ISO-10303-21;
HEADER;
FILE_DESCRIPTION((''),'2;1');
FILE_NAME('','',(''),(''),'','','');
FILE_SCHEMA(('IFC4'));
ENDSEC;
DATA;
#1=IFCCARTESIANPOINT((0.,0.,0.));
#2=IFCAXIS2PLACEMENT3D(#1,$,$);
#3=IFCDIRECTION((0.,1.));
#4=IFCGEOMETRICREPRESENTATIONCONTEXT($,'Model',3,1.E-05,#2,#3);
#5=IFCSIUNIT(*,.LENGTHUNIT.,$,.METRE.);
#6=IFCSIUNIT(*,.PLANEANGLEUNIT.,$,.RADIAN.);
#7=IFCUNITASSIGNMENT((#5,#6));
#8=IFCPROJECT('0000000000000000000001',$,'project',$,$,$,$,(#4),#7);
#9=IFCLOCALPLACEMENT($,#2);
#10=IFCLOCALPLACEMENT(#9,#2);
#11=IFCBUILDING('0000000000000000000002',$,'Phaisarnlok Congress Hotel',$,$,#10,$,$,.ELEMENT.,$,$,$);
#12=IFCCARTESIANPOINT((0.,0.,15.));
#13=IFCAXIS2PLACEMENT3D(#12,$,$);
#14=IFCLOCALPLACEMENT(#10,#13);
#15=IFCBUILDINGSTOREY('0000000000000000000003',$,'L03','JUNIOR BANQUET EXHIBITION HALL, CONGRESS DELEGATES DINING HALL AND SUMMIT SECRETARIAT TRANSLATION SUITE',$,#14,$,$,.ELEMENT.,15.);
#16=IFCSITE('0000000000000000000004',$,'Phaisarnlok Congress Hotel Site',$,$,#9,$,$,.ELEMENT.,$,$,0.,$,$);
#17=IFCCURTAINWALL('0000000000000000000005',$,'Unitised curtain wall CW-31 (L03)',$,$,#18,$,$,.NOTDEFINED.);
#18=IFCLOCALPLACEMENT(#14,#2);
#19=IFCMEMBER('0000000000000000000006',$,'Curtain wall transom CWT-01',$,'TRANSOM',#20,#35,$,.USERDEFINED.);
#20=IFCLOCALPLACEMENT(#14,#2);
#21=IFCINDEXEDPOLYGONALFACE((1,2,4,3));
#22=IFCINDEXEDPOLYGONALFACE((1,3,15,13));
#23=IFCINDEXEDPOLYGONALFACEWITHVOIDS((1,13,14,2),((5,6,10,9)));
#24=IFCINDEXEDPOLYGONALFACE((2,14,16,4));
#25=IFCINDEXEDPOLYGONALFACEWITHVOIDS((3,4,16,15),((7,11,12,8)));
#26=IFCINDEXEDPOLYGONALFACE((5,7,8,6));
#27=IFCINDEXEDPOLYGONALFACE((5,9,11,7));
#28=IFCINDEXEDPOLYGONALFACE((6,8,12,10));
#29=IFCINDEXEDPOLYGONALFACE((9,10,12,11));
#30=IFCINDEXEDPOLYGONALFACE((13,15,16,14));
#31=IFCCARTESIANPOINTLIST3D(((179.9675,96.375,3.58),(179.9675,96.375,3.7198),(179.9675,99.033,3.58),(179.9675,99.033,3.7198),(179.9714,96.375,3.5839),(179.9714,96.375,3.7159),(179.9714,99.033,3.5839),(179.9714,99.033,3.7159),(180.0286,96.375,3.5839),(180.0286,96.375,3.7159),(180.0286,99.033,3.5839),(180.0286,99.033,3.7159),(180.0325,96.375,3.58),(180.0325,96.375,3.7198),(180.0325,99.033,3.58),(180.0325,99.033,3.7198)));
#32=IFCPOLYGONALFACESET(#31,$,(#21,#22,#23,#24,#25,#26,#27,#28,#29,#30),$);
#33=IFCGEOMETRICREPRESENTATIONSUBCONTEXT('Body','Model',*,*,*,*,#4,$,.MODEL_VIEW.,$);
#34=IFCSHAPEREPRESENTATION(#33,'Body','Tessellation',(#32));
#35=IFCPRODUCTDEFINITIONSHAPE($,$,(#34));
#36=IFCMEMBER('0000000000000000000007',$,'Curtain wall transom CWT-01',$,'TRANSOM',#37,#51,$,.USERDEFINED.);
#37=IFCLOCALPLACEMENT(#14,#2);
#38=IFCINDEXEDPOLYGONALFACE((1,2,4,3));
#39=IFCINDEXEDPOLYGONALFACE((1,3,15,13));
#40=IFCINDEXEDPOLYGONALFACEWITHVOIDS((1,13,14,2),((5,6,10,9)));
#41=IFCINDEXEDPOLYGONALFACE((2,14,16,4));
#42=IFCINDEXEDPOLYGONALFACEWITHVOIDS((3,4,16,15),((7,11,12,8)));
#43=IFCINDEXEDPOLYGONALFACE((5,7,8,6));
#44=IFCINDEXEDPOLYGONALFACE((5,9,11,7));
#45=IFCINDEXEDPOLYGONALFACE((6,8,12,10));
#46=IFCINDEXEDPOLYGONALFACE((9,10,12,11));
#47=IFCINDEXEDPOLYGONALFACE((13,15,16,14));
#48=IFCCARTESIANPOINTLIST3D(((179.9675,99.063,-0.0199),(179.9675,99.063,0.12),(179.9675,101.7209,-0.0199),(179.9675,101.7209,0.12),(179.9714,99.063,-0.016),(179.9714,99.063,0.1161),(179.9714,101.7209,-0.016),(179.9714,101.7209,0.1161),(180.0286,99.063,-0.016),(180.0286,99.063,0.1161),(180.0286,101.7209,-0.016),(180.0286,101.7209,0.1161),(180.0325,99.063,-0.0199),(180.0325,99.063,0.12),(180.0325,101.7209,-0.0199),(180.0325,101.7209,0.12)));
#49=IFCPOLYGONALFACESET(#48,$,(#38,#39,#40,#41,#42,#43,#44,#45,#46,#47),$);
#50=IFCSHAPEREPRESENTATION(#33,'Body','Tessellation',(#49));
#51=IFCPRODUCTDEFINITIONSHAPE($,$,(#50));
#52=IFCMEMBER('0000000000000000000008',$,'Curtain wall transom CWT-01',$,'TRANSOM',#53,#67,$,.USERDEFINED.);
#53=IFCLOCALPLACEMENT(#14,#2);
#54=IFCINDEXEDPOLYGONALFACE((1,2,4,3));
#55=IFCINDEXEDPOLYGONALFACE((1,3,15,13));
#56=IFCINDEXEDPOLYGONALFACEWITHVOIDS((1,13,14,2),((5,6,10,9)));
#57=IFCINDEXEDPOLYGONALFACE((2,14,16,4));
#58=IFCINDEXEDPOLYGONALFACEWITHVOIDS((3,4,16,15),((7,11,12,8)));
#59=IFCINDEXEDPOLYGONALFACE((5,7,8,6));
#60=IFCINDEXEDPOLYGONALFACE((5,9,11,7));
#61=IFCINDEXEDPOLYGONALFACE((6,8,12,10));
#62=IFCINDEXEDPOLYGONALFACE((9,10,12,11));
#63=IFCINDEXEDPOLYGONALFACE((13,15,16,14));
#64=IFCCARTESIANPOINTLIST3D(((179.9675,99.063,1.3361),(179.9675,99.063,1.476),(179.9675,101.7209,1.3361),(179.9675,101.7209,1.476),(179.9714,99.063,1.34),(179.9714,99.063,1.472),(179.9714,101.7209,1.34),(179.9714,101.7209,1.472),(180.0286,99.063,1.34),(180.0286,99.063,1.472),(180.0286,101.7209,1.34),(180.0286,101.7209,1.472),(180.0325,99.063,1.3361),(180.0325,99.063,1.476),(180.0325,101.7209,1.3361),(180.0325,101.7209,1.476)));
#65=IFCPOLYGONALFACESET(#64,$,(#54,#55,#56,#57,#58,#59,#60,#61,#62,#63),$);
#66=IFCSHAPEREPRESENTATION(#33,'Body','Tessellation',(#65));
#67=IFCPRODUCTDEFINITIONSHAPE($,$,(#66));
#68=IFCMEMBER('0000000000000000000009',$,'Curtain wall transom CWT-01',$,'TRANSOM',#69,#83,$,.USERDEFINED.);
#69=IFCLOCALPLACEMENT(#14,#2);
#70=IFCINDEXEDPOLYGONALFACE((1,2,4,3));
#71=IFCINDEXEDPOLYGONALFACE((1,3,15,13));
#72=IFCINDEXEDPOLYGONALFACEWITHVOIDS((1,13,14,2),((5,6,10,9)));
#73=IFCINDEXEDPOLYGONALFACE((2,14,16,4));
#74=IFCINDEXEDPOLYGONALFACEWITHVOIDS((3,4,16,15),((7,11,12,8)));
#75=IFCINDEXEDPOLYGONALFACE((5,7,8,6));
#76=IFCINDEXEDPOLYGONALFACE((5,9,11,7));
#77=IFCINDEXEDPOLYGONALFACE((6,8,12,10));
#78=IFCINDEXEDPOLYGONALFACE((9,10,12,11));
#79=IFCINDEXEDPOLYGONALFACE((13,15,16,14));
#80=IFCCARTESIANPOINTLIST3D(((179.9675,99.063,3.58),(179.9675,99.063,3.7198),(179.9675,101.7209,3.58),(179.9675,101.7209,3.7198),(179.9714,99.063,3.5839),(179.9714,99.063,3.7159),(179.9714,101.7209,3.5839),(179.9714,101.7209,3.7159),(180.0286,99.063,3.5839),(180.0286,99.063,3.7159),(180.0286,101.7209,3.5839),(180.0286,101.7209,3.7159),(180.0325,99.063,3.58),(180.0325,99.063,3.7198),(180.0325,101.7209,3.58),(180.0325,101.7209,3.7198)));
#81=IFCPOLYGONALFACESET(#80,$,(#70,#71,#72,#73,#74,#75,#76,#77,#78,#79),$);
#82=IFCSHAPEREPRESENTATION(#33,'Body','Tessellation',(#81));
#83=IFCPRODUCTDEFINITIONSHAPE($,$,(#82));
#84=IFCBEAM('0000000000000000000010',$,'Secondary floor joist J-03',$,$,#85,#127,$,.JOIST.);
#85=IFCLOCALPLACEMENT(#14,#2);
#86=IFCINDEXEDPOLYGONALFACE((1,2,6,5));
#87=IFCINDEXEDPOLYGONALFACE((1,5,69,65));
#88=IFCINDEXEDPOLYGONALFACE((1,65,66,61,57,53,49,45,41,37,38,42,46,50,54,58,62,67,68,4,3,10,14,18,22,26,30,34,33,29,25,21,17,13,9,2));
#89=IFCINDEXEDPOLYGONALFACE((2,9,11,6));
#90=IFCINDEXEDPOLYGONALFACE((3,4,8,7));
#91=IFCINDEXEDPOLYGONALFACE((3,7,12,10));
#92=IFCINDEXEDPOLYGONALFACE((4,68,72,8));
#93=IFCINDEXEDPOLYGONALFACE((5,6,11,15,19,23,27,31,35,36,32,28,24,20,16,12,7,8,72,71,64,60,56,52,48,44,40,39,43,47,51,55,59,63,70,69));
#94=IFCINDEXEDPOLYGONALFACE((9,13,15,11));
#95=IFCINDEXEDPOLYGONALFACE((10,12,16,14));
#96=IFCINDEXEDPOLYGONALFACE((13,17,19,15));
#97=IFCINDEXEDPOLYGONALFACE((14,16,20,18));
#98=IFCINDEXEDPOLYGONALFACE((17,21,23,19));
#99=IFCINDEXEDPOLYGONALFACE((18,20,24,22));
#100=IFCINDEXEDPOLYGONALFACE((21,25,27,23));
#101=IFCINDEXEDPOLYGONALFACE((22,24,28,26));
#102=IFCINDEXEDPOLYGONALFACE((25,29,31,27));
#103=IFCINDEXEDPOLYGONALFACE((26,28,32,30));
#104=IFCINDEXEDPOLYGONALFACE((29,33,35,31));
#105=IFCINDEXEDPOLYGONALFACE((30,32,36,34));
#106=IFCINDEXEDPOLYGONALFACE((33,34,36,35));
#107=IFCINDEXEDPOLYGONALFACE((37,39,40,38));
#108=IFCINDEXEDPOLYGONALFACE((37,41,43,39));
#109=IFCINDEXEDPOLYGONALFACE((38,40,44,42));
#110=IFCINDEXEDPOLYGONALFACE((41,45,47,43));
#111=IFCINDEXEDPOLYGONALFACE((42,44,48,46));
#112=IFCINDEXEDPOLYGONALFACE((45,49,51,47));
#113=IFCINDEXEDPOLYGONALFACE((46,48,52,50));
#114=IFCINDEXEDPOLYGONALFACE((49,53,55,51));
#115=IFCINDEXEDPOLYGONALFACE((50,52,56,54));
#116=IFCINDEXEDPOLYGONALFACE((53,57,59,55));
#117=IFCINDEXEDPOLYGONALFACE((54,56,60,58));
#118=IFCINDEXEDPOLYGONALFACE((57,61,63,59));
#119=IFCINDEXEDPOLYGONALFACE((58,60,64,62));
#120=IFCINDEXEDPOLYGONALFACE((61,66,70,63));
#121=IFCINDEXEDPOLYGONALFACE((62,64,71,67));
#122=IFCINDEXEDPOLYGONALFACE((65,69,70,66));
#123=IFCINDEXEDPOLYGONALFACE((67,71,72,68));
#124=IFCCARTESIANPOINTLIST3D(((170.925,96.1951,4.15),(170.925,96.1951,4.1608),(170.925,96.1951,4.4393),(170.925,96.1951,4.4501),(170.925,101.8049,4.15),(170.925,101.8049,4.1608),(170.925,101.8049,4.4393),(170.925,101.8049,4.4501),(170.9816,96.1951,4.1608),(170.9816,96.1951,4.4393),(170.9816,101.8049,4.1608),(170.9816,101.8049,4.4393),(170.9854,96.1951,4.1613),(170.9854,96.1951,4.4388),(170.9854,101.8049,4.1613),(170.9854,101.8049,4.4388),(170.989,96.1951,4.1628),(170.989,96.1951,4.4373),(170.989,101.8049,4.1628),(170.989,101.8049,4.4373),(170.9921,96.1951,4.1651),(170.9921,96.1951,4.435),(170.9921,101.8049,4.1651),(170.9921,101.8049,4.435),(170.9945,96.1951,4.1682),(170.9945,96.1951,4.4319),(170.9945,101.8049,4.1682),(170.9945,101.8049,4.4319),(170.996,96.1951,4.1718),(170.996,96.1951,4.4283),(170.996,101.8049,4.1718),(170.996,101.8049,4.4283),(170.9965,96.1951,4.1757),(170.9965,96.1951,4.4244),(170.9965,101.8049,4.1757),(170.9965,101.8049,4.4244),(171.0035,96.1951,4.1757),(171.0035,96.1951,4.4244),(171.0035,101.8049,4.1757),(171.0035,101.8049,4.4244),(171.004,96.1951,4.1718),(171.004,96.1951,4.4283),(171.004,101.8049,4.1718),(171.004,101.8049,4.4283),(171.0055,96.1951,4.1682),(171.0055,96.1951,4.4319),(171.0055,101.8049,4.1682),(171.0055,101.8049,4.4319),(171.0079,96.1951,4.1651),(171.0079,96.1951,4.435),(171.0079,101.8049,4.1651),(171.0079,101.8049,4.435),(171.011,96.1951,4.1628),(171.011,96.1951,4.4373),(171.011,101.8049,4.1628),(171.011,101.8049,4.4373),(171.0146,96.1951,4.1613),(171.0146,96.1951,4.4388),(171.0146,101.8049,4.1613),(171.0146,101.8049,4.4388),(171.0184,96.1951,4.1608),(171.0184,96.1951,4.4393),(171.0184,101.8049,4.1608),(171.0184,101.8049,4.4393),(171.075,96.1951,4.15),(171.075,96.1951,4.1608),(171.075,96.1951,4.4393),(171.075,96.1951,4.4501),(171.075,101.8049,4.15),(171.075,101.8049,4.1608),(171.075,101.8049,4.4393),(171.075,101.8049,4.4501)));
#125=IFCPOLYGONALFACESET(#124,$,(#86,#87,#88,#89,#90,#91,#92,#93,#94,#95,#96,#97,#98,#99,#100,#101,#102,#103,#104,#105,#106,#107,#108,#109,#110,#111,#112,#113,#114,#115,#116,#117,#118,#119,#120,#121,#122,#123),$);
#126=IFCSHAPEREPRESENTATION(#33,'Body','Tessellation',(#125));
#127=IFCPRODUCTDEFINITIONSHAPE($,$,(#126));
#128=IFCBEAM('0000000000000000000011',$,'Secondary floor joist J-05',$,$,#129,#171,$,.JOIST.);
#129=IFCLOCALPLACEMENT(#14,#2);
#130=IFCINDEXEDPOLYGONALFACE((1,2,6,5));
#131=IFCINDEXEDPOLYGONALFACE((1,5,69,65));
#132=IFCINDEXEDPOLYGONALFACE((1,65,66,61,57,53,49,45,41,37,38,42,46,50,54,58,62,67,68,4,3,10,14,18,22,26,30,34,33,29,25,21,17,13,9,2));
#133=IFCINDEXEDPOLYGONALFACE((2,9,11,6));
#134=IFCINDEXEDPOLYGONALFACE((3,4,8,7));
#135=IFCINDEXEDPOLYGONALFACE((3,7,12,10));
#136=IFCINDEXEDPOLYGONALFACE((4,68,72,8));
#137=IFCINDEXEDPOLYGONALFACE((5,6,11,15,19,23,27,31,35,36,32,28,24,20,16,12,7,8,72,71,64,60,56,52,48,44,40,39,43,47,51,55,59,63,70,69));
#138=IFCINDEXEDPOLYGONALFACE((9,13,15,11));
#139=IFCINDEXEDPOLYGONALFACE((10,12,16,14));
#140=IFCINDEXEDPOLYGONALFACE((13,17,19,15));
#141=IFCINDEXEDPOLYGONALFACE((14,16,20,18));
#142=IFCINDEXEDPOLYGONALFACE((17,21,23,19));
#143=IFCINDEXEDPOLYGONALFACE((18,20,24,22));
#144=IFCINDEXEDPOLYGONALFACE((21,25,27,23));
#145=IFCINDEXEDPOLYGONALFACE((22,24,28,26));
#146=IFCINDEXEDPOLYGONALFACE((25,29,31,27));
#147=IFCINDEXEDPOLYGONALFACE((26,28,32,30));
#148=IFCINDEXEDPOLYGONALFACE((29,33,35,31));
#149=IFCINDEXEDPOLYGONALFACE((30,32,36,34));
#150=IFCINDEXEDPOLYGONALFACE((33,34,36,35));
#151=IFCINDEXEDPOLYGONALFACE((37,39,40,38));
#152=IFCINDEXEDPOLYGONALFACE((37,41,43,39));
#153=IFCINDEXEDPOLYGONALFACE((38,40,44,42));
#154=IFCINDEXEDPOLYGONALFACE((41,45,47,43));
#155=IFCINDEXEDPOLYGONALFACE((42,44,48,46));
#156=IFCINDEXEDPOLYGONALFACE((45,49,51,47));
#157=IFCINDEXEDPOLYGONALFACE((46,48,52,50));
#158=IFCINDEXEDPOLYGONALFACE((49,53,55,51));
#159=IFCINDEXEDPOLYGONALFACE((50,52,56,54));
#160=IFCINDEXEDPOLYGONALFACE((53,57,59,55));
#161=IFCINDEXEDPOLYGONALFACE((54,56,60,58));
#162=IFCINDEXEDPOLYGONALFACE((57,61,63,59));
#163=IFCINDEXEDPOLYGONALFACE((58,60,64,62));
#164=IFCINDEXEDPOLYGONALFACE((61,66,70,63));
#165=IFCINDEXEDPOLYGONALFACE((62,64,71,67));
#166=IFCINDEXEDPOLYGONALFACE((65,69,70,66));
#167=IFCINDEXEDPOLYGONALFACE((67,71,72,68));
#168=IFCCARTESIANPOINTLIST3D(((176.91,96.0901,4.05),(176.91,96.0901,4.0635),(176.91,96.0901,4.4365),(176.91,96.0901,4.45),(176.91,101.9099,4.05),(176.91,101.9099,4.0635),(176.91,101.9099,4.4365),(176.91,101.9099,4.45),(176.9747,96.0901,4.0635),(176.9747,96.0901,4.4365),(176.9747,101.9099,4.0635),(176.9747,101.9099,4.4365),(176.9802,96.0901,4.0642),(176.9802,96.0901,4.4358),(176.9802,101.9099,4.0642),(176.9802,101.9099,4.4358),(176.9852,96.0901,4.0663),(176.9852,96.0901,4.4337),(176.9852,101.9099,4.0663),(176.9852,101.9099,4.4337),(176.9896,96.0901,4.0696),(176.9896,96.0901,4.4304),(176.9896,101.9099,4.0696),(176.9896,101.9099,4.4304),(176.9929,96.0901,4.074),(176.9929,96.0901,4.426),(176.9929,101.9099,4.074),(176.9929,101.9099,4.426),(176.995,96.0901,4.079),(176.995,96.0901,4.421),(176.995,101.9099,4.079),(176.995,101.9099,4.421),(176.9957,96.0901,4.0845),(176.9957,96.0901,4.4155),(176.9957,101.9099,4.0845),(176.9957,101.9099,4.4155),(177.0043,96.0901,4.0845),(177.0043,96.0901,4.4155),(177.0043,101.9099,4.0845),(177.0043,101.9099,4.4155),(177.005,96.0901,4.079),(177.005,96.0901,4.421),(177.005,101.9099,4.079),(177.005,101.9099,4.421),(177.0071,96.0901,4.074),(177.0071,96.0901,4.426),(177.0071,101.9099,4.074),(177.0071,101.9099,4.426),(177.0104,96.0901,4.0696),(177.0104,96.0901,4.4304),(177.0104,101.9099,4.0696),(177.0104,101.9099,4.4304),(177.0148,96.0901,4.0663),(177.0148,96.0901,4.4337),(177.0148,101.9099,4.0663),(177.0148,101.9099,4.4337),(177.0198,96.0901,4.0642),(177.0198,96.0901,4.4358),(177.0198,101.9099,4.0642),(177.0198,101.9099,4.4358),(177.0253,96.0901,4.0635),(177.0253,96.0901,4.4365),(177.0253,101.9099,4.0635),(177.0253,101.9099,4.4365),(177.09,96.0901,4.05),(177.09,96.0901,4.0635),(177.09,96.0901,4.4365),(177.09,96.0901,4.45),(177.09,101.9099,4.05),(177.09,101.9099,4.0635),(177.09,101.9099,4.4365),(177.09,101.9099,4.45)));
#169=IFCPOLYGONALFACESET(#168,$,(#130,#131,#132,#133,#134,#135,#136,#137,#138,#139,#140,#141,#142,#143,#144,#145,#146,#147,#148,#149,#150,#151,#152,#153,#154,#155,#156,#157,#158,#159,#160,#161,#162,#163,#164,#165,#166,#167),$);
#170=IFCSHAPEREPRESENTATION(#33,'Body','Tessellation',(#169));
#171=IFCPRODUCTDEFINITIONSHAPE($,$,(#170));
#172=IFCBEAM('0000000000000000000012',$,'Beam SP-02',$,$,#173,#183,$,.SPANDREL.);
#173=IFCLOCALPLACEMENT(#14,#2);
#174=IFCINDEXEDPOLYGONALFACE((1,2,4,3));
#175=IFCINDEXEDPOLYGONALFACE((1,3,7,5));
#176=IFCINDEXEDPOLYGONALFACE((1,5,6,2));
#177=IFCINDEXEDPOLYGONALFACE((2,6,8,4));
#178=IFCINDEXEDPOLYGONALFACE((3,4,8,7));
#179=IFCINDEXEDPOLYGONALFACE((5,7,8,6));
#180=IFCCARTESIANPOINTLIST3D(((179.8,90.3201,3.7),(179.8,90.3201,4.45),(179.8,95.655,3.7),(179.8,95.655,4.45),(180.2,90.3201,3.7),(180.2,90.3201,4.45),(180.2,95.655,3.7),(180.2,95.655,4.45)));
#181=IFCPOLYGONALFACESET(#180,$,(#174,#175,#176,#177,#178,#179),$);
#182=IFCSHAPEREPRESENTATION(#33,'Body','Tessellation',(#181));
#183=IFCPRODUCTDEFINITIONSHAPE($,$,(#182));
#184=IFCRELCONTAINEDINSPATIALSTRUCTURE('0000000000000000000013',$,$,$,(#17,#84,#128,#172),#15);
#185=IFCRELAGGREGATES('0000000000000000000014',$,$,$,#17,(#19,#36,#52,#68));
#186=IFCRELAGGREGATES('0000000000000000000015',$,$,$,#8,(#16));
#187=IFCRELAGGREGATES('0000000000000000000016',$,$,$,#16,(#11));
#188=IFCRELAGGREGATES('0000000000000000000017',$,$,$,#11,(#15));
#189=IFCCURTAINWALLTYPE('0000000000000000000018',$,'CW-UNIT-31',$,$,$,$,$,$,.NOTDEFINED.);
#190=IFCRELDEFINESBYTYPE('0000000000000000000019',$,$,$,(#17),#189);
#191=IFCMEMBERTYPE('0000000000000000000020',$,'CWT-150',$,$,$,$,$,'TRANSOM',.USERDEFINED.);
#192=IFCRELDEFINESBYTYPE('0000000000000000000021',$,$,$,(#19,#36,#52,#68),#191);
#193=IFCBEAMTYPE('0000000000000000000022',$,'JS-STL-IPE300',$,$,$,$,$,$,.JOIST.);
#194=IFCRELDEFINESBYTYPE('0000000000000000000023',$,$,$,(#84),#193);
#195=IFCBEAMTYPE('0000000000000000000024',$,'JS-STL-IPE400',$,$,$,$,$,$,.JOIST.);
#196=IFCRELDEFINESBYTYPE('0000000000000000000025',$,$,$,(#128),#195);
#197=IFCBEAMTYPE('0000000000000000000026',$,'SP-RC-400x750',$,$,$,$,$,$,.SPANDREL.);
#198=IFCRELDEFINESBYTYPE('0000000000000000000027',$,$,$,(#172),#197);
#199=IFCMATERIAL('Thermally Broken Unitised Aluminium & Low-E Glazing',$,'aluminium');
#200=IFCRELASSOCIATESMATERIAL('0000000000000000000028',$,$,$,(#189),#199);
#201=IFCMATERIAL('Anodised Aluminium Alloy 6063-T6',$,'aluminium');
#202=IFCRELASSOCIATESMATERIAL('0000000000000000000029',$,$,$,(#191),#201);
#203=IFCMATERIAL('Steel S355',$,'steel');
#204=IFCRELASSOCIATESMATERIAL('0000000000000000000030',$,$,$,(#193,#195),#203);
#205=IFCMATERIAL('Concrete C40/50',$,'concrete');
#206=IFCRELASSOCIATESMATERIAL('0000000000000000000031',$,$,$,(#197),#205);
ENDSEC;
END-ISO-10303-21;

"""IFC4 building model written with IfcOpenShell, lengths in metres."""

from ifc_helpers import new_model, si_unit, direction, frame, origin, origin_2d, place, context, subcontext, project, spatial, rectangle, hollow_rectangle, i_section, extrude, material, material_profile, profile_set, type_object, element, aggregate, save


model = new_model("IFC4")

# Units and contexts
model_context = context("Model", 3, precision=1e-05, world=origin(), true_north=direction((0.0, 1.0)))
body_context = subcontext(model_context, "Body", "Model", "MODEL_VIEW")
ifc_project = project(units=[si_unit("LENGTHUNIT", "METRE"), si_unit("PLANEANGLEUNIT", "RADIAN")], contexts=[model_context])

# Site, building, storey
site_placement = place(None, origin())
site = spatial("IfcSite", under=ifc_project, at=site_placement, Name="Phaisarnlok Congress Hotel Site", CompositionType="ELEMENT", RefElevation=0.0)
building_placement = place(site_placement, origin())
building = spatial("IfcBuilding", under=site, at=building_placement, Name="Phaisarnlok Congress Hotel", CompositionType="ELEMENT")
storey_placement = place(building_placement, frame((0.0, 0.0, 15.0)))
storey = spatial("IfcBuildingStorey", under=building, at=storey_placement, Name="L03", Description="JUNIOR BANQUET EXHIBITION HALL, CONGRESS DELEGATES DINING HALL AND SUMMIT SECRETARIAT TRANSLATION SUITE", CompositionType="ELEMENT", Elevation=15.0)

# Shared definitions
ifc_material_1 = material(Name="Concrete C40/50", Category="concrete")
ifc_material_2 = material(Name="Steel S355", Category="steel")

# Curtain wall, members
ifc_material_3 = material(Name="Thermally Broken Unitised Aluminium & Low-E Glazing", Category="aluminium")
curtain_wall_type = type_object("IfcCurtainWallType", Name="CW-UNIT-31", PredefinedType="NOTDEFINED", material=ifc_material_3)
curtain_wall_placement = place(storey_placement, origin())
curtain_wall = element("IfcCurtainWall", 1, at=curtain_wall_placement, inside=storey, type_object=curtain_wall_type, Name="Unitised curtain wall CW-31 (L03)", PredefinedType="NOTDEFINED")
ifc_material_4 = material(Name="Anodised Aluminium Alloy 6063-T6", Category="aluminium")
ifc_material_profile_1 = material_profile(ifc_material_4, hollow_rectangle(XDim=0.0649, YDim=0.1399, WallThickness=0.0039, at=origin_2d()), Name="ALU-T 65x140x4")
ifc_profile_set_1 = profile_set([ifc_material_profile_1], Name="Anodised Aluminium Alloy 6063-T6")
member_type_1 = type_object("IfcMemberType", Name="CWT-150", ElementType="TRANSOM", PredefinedType="USERDEFINED", material=ifc_profile_set_1)
member_1_placement = place(storey_placement, frame((180.0, 96.375, 3.6499), z_axis=(0.0, 1.0, 0.0), x_axis=(-1.0, 0.0, 0.0)))
member_1 = element("IfcMember", 2, at=member_1_placement, type_object=member_type_1, Name="Curtain wall transom CWT-01", ObjectType="TRANSOM", PredefinedType="USERDEFINED", context=body_context, shape_type="SweptSolid", body=[
    extrude(hollow_rectangle(XDim=0.0649, YDim=0.1399, WallThickness=0.0039, at=origin_2d()), origin(), (0.0, 0.0, 1.0), 2.658),
])
member_2_placement = place(storey_placement, frame((180.0, 99.063, 0.05), z_axis=(0.0, 1.0, 0.0), x_axis=(-1.0, 0.0, 0.0)))
member_2 = element("IfcMember", 3, at=member_2_placement, type_object=member_type_1, Name="Curtain wall transom CWT-01", ObjectType="TRANSOM", PredefinedType="USERDEFINED", context=body_context, shape_type="SweptSolid", body=[
    extrude(hollow_rectangle(XDim=0.0649, YDim=0.1399, WallThickness=0.0039, at=origin_2d()), origin(), (0.0, 0.0, 1.0), 2.658),
])
member_3_placement = place(storey_placement, frame((180.0, 99.063, 1.406), z_axis=(0.0, 1.0, 0.0), x_axis=(-1.0, 0.0, 0.0)))
member_3 = element("IfcMember", 4, at=member_3_placement, type_object=member_type_1, Name="Curtain wall transom CWT-01", ObjectType="TRANSOM", PredefinedType="USERDEFINED", context=body_context, shape_type="SweptSolid", body=[
    extrude(hollow_rectangle(XDim=0.0649, YDim=0.1399, WallThickness=0.0039, at=origin_2d()), origin(), (0.0, 0.0, 1.0), 2.658),
])
member_4_placement = place(storey_placement, frame((180.0, 99.063, 3.6499), z_axis=(0.0, 1.0, 0.0), x_axis=(-1.0, 0.0, 0.0)))
member_4 = element("IfcMember", 5, at=member_4_placement, type_object=member_type_1, Name="Curtain wall transom CWT-01", ObjectType="TRANSOM", PredefinedType="USERDEFINED", context=body_context, shape_type="SweptSolid", body=[
    extrude(hollow_rectangle(XDim=0.0649, YDim=0.1399, WallThickness=0.0039, at=origin_2d()), origin(), (0.0, 0.0, 1.0), 2.658),
])

# Beams
ifc_material_profile_2 = material_profile(ifc_material_2, i_section(OverallWidth=0.1499, OverallDepth=0.3, WebThickness=0.0071, FlangeThickness=0.0107, FilletRadius=0.0149, at=origin_2d()), Name="IPE 300")
ifc_profile_set_2 = profile_set([ifc_material_profile_2], Name="Steel S355")
beam_type_1 = type_object("IfcBeamType", Name="JS-STL-IPE300", PredefinedType="JOIST", material=ifc_profile_set_2)
beam_1_placement = place(storey_placement, frame((171.0, 96.1951, 4.3), z_axis=(0.0, 1.0, 0.0), x_axis=(-1.0, 0.0, 0.0)))
element("IfcBeam", 6, at=beam_1_placement, inside=storey, type_object=beam_type_1, Name="Secondary floor joist J-03", PredefinedType="JOIST", context=body_context, shape_type="SweptSolid", body=[
    extrude(i_section(OverallWidth=0.1499, OverallDepth=0.3, WebThickness=0.0071, FlangeThickness=0.0107, FilletRadius=0.0149, at=origin_2d()), origin(), (0.0, 0.0, 1.0), 5.6099),
])
ifc_material_profile_3 = material_profile(ifc_material_2, i_section(OverallWidth=0.1799, OverallDepth=0.3999, WebThickness=0.0085, FlangeThickness=0.0134, FilletRadius=0.021, at=origin_2d()), Name="IPE 400")
ifc_profile_set_3 = profile_set([ifc_material_profile_3], Name="Steel S355")
beam_type_2 = type_object("IfcBeamType", Name="JS-STL-IPE400", PredefinedType="JOIST", material=ifc_profile_set_3)
beam_2_placement = place(storey_placement, frame((177.0, 96.0901, 4.25), z_axis=(0.0, 1.0, 0.0), x_axis=(-1.0, 0.0, 0.0)))
element("IfcBeam", 7, at=beam_2_placement, inside=storey, type_object=beam_type_2, Name="Secondary floor joist J-05", PredefinedType="JOIST", context=body_context, shape_type="SweptSolid", body=[
    extrude(i_section(OverallWidth=0.1799, OverallDepth=0.3999, WebThickness=0.0085, FlangeThickness=0.0134, FilletRadius=0.021, at=origin_2d()), origin(), (0.0, 0.0, 1.0), 5.8198),
])
ifc_material_profile_4 = material_profile(ifc_material_1, rectangle(XDim=0.3999, YDim=0.75, at=origin_2d()), Name="RC 400x750")
ifc_profile_set_4 = profile_set([ifc_material_profile_4], Name="Concrete C40/50")
beam_type_3 = type_object("IfcBeamType", Name="SP-RC-400x750", PredefinedType="SPANDREL", material=ifc_profile_set_4)
beam_3_placement = place(storey_placement, frame((180.0, 90.3201, 4.075), z_axis=(0.0, 1.0, 0.0), x_axis=(-1.0, 0.0, 0.0)))
element("IfcBeam", 8, at=beam_3_placement, inside=storey, type_object=beam_type_3, Name="Beam SP-02", PredefinedType="SPANDREL", context=body_context, shape_type="SweptSolid", body=[
    extrude(rectangle(XDim=0.3999, YDim=0.75, at=origin_2d()), origin(), (0.0, 0.0, 1.0), 5.335),
])

aggregate(curtain_wall, [member_1, member_2, member_3, member_4])

save(model, "model.ifc")
